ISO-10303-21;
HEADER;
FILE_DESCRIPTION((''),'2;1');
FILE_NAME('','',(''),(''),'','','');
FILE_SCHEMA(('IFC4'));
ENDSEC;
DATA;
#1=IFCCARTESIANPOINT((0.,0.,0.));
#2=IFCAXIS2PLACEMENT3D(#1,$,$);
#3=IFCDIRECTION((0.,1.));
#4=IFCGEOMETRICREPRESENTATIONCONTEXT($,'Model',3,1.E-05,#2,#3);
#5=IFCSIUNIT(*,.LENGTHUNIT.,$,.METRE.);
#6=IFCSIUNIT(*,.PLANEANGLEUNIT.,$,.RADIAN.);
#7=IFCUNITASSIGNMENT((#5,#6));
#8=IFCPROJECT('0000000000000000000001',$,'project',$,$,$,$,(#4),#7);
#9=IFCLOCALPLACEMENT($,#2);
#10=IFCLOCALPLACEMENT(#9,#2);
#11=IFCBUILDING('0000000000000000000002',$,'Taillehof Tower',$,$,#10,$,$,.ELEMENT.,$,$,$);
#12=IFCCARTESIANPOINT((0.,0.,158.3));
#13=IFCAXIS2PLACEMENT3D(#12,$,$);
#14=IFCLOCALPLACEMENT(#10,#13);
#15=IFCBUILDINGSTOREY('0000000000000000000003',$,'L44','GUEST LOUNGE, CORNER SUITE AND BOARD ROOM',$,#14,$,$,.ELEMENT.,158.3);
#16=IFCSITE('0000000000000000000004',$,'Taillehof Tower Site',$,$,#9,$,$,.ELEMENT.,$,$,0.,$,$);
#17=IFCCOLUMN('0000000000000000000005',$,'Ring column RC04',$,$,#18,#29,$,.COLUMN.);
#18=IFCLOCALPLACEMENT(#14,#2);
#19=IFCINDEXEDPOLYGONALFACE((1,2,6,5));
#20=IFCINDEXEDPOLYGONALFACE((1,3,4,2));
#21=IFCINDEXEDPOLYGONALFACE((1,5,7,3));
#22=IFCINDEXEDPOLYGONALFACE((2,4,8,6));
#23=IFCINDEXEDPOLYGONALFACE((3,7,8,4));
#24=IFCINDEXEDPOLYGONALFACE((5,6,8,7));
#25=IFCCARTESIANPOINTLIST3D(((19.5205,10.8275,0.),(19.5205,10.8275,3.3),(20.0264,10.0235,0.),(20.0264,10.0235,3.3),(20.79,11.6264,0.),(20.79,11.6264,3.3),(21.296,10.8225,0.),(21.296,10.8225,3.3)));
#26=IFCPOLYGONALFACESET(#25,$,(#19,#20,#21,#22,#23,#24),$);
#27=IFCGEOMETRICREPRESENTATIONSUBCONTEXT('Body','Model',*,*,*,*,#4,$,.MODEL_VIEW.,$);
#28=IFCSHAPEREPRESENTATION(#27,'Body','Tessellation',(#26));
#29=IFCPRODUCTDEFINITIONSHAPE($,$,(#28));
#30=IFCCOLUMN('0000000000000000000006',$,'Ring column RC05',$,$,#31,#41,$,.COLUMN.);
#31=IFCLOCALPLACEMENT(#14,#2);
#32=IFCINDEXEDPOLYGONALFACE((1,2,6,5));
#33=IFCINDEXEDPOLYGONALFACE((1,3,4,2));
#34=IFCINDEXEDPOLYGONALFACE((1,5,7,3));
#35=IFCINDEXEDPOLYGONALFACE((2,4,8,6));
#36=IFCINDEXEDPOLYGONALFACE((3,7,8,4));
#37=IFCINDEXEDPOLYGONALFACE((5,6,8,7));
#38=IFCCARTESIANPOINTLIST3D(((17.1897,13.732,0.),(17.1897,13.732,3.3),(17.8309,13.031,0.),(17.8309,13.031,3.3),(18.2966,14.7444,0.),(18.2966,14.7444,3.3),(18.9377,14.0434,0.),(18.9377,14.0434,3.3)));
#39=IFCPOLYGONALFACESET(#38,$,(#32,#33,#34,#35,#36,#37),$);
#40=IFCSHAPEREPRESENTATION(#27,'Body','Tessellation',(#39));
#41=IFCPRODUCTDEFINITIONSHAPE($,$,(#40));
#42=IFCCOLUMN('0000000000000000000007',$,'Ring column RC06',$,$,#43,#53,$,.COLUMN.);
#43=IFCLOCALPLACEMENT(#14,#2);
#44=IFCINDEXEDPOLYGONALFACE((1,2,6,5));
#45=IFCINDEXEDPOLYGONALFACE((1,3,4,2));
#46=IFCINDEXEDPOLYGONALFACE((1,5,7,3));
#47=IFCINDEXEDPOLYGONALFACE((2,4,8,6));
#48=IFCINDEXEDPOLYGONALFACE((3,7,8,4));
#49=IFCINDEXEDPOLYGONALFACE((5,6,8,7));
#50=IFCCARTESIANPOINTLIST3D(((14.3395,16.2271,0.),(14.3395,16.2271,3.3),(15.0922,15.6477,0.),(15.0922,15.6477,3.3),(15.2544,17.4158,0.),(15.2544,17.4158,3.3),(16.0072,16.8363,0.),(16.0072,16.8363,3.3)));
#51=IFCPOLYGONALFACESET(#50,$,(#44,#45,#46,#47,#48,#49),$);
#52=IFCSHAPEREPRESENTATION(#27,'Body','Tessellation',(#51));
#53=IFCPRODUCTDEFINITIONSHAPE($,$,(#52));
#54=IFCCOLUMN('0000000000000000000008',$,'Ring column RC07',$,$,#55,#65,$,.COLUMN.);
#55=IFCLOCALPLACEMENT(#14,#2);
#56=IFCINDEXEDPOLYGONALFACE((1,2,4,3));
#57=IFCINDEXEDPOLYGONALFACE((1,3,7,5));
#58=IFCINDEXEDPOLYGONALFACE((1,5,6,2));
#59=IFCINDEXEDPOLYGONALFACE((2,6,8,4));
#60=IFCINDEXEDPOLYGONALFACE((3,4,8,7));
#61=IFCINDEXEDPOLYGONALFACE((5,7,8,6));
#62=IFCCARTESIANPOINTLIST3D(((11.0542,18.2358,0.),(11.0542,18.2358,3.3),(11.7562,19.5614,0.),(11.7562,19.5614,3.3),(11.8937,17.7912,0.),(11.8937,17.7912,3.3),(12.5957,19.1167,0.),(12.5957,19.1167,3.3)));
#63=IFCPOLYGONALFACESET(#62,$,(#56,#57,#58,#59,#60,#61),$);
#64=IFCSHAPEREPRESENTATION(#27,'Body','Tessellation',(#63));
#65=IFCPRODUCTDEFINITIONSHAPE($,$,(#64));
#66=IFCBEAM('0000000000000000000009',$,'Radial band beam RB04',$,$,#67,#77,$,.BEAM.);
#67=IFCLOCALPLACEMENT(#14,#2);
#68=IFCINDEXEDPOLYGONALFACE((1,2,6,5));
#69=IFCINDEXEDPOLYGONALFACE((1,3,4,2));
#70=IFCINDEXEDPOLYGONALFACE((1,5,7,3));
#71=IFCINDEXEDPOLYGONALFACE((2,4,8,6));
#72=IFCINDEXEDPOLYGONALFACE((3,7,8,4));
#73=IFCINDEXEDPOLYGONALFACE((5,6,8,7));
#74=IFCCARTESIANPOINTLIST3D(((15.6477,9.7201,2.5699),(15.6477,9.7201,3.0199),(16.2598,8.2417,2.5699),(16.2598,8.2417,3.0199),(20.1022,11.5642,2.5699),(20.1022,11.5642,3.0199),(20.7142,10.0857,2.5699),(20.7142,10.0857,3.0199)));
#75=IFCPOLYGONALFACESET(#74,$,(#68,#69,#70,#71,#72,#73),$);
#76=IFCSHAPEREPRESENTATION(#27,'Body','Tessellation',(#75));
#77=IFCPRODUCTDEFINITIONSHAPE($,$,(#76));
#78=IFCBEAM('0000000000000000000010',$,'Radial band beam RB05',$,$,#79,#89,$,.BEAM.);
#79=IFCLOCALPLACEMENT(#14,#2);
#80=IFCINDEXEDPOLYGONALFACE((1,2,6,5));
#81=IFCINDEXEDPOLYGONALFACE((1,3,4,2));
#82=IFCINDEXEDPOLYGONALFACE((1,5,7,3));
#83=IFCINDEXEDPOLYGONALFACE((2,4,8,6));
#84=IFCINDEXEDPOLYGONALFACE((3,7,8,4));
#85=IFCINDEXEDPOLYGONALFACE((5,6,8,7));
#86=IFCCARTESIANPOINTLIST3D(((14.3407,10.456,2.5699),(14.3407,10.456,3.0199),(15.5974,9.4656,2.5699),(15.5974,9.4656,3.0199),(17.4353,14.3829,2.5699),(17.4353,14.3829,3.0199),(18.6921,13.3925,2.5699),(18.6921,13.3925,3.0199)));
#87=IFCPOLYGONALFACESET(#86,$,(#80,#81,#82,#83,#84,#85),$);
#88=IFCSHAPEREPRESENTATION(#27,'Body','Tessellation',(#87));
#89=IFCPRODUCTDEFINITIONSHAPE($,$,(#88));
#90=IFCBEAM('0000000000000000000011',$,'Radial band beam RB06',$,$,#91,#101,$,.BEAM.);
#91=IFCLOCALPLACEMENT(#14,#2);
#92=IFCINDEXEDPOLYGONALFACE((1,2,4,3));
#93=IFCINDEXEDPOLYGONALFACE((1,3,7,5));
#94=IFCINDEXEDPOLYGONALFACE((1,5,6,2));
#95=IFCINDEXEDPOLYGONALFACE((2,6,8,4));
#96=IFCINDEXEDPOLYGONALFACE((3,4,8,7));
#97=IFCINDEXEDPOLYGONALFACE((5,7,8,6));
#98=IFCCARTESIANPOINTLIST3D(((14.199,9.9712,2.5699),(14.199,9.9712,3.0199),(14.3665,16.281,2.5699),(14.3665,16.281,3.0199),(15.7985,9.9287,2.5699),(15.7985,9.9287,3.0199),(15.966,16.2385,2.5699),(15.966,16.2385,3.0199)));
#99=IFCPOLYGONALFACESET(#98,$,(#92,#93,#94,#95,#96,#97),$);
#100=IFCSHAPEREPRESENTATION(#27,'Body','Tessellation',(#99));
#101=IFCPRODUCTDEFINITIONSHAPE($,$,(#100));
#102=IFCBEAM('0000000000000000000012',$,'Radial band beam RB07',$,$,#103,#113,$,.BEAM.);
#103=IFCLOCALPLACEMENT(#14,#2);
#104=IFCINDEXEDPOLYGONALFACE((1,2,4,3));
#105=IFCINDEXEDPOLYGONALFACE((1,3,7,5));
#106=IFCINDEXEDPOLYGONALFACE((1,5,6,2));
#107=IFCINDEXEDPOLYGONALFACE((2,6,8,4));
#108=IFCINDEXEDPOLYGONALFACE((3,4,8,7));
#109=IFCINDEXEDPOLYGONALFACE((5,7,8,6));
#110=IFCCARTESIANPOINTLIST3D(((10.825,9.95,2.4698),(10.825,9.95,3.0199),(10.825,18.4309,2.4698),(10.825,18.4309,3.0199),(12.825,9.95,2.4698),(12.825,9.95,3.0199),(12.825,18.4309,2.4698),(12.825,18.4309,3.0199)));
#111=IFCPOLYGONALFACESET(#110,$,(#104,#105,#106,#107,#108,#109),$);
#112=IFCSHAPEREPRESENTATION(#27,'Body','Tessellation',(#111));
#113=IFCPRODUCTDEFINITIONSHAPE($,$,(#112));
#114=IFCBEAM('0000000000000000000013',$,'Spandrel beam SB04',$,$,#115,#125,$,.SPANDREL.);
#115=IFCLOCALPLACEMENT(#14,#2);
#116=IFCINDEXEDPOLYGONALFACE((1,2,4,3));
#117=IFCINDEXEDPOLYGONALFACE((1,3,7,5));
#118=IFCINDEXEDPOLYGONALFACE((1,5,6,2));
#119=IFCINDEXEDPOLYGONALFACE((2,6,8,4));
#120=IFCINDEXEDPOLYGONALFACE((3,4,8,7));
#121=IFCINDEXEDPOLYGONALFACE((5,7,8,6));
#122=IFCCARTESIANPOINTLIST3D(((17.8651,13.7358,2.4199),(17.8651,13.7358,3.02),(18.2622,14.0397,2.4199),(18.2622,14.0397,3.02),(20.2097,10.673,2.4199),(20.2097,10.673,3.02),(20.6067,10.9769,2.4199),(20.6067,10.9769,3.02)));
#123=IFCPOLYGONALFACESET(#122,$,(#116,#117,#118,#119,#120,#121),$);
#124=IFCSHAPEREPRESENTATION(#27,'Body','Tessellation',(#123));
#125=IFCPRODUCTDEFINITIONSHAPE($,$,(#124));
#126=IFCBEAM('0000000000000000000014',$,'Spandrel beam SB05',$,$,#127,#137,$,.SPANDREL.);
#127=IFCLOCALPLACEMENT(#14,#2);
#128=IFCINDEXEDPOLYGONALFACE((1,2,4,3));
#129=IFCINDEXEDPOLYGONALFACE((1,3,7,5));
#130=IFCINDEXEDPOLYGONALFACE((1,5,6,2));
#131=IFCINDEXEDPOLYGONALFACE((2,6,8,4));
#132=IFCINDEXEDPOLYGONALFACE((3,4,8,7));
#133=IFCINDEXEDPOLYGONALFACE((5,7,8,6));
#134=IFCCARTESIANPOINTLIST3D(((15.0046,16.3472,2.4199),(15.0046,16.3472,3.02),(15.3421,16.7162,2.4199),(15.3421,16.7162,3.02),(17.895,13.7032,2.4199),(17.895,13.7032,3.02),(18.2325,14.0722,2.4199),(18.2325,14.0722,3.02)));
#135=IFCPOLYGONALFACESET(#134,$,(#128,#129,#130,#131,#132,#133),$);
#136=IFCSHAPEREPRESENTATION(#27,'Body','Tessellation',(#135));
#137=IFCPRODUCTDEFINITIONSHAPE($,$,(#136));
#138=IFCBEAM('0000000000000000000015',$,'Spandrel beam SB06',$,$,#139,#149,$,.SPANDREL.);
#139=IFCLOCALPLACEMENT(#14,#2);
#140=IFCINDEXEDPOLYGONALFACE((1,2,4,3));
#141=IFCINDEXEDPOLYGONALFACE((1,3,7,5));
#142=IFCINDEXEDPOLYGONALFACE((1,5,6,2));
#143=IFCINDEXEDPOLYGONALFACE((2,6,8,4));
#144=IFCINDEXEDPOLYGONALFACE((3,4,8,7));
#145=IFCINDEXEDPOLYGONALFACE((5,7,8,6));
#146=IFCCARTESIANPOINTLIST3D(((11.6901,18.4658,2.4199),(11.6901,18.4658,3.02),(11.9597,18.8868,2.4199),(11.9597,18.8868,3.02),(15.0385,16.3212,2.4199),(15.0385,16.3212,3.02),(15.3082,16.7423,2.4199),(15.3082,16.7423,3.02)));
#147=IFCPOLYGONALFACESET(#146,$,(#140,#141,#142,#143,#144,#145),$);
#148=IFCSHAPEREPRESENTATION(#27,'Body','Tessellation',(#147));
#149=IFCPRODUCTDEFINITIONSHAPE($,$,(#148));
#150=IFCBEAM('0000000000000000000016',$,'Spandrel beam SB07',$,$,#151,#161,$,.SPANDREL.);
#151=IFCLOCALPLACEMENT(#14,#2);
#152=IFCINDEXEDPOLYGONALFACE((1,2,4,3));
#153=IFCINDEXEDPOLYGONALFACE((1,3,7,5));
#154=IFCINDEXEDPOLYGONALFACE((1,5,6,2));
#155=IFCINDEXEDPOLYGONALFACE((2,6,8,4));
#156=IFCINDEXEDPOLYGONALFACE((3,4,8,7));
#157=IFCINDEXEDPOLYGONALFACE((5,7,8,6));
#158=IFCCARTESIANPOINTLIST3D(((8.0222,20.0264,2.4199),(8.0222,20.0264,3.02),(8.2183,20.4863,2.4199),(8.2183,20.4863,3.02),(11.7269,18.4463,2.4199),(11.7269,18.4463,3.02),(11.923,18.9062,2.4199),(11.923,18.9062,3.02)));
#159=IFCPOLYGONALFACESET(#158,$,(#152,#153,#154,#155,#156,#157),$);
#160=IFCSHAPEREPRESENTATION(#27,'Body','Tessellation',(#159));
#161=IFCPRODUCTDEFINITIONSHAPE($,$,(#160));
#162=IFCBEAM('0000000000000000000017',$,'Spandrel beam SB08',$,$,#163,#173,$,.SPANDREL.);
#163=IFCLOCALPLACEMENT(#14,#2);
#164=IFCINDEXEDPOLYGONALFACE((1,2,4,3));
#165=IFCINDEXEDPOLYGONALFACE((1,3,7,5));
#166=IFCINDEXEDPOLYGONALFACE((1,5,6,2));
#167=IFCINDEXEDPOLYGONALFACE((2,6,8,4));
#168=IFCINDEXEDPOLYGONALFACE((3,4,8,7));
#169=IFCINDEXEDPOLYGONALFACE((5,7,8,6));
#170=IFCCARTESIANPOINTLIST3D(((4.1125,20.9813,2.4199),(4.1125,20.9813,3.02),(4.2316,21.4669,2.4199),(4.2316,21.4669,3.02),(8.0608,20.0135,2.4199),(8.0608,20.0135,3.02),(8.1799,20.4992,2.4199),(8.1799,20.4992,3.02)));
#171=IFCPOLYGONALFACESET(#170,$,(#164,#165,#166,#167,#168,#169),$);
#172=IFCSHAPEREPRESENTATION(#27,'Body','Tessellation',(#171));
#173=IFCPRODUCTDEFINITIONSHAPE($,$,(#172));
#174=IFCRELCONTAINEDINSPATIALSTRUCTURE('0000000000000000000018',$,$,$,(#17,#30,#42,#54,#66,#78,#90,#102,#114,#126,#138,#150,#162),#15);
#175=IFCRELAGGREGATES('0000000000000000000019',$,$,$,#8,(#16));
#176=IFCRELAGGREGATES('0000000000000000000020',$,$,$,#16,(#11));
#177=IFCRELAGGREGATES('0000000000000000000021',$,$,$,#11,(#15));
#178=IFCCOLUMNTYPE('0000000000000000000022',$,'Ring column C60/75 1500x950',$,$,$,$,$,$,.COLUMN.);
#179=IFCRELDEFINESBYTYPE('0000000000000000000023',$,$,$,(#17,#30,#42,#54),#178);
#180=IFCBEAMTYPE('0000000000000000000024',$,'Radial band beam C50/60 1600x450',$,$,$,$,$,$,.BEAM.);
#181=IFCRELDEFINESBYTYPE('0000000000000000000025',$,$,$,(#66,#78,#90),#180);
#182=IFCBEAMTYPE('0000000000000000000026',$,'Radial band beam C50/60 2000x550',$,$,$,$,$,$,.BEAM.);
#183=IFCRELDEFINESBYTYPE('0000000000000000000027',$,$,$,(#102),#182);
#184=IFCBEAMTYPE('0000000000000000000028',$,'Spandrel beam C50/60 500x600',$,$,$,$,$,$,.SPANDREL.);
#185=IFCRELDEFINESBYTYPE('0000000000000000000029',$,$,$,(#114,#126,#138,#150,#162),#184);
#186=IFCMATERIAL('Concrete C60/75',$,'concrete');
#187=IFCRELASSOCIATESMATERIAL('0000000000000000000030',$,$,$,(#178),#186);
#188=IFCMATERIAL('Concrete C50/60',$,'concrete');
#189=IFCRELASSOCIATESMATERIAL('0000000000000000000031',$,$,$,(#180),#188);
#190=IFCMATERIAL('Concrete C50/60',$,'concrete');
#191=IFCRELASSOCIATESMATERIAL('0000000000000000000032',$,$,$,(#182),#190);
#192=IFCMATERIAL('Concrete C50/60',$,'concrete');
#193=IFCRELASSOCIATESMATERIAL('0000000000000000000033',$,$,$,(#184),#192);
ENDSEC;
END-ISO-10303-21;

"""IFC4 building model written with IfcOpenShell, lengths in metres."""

from ifc_helpers import new_model, si_unit, direction, frame, origin, origin_2d, place, context, subcontext, project, spatial, rectangle, extrude, material, material_profile, profile_set, type_object, element, save


model = new_model("IFC4")

# Units and contexts
model_context = context("Model", 3, precision=1e-05, world=origin(), true_north=direction((0.0, 1.0)))
body_context = subcontext(model_context, "Body", "Model", "MODEL_VIEW")
ifc_project = project(units=[si_unit("LENGTHUNIT", "METRE"), si_unit("PLANEANGLEUNIT", "RADIAN")], contexts=[model_context])

# Site, building, storey
site_placement = place(None, origin())
site = spatial("IfcSite", under=ifc_project, at=site_placement, Name="Taillehof Tower Site", CompositionType="ELEMENT", RefElevation=0.0)
building_placement = place(site_placement, origin())
building = spatial("IfcBuilding", under=site, at=building_placement, Name="Taillehof Tower", CompositionType="ELEMENT")
storey_placement = place(building_placement, frame((0.0, 0.0, 158.3)))
storey = spatial("IfcBuildingStorey", under=building, at=storey_placement, Name="L44", Description="GUEST LOUNGE, CORNER SUITE AND BOARD ROOM", CompositionType="ELEMENT", Elevation=158.3)

# Columns
ifc_material_1 = material(Name="Concrete C60/75", Category="concrete")
ifc_material_profile_1 = material_profile(ifc_material_1, rectangle(XDim=1.5, YDim=0.95, at=origin_2d()), Name="RC 1500x950")
ifc_profile_set_1 = profile_set([ifc_material_profile_1], Name="Concrete C60/75")
column_type = type_object("IfcColumnType", Name="Ring column C60/75 1500x950", PredefinedType="COLUMN", material=ifc_profile_set_1)
for number, where, z_axis, x_axis, name in (
    (1, (20.4082, 10.825, 0.0), (0.0, 0.0, 1.0), (0.846334, 0.532652, 0.0), "Ring column RC04"),
    (2, (18.0637, 13.8877, 0.0), (0.0, 0.0, 1.0), (0.737879, 0.674933, 0.0), "Ring column RC05"),
    (3, (15.1733, 16.5317, 0.0), (0.0, 0.0, 1.0), (0.609971, 0.792424, 0.0), "Ring column RC06"),
    (4, (11.825, 18.6763, 0.0), (0.0, 0.0, 1.0), (0.468042, 0.883706, 0.0), "Ring column RC07"),
):
    element("IfcColumn", number, at=place(storey_placement, frame(where, z_axis=z_axis, x_axis=x_axis)), inside=storey, type_object=column_type, Name=name, PredefinedType="COLUMN", context=body_context, shape_type="SweptSolid", body=[
        extrude(rectangle(XDim=1.5, YDim=0.95, at=origin_2d()), origin(), (0.0, 0.0, 1.0), 3.3),
    ])

# Beams
ifc_material_2 = material(Name="Concrete C50/60", Category="concrete")
ifc_material_profile_2 = material_profile(ifc_material_2, rectangle(XDim=1.6001, YDim=0.45, at=origin_2d()), Name="RC 1600x450")
ifc_profile_set_2 = profile_set([ifc_material_profile_2], Name="Concrete C50/60")
beam_type_1 = type_object("IfcBeamType", Name="Radial band beam C50/60 1600x450", PredefinedType="BEAM", material=ifc_profile_set_2)
beam_1_placement = place(storey_placement, frame((20.4082, 10.825, 2.7949), z_axis=(-0.923957, -0.382496, 0.0), x_axis=(0.382496, -0.923957, 0.0)))
element("IfcBeam", 5, at=beam_1_placement, inside=storey, type_object=beam_type_1, Name="Radial band beam RB04", PredefinedType="BEAM", context=body_context, shape_type="SweptSolid", body=[
    extrude(rectangle(XDim=1.6001, YDim=0.45, at=origin_2d()), origin(), (0.0, 0.0, 1.0), 4.821),
])
beam_2_placement = place(storey_placement, frame((18.0637, 13.8877, 2.7949), z_axis=(-0.618962, -0.785421, 0.0), x_axis=(0.785421, -0.618962, 0.0)))
element("IfcBeam", 6, at=beam_2_placement, inside=storey, type_object=beam_type_1, Name="Radial band beam RB05", PredefinedType="BEAM", context=body_context, shape_type="SweptSolid", body=[
    extrude(rectangle(XDim=1.6001, YDim=0.45, at=origin_2d()), origin(), (0.0, 0.0, 1.0), 4.9998),
])
beam_3_placement = place(storey_placement, frame((15.1663, 16.2598, 2.7949), z_axis=(-0.026534, -0.999648, 0.0), x_axis=(0.999648, -0.026534, 0.0)))
element("IfcBeam", 7, at=beam_3_placement, inside=storey, type_object=beam_type_1, Name="Radial band beam RB06", PredefinedType="BEAM", context=body_context, shape_type="SweptSolid", body=[
    extrude(rectangle(XDim=1.6001, YDim=0.45, at=origin_2d()), origin(), (0.0, 0.0, 1.0), 6.312),
])
ifc_material_3 = material(Name="Concrete C50/60", Category="concrete")
ifc_material_profile_3 = material_profile(ifc_material_3, rectangle(XDim=2.0, YDim=0.55, at=origin_2d()), Name="RC 2000x550")
ifc_profile_set_3 = profile_set([ifc_material_profile_3], Name="Concrete C50/60")
beam_type_2 = type_object("IfcBeamType", Name="Radial band beam C50/60 2000x550", PredefinedType="BEAM", material=ifc_profile_set_3)
beam_4_placement = place(storey_placement, frame((11.825, 18.4309, 2.7449), z_axis=(0.0, -1.0, 0.0), x_axis=(1.0, 0.0, 0.0)))
element("IfcBeam", 8, at=beam_4_placement, inside=storey, type_object=beam_type_2, Name="Radial band beam RB07", PredefinedType="BEAM", context=body_context, shape_type="SweptSolid", body=[
    extrude(rectangle(XDim=2.0, YDim=0.55, at=origin_2d()), origin(), (0.0, 0.0, 1.0), 8.481),
])
ifc_material_4 = material(Name="Concrete C50/60", Category="concrete")
ifc_material_profile_4 = material_profile(ifc_material_4, rectangle(XDim=0.5, YDim=0.6001, at=origin_2d()), Name="RC 500x600")
ifc_profile_set_4 = profile_set([ifc_material_profile_4], Name="Concrete C50/60")
beam_type_3 = type_object("IfcBeamType", Name="Spandrel beam C50/60 500x600", PredefinedType="SPANDREL", material=ifc_profile_set_4)
beam_5_placement = place(storey_placement, frame((20.4082, 10.825, 2.72), z_axis=(-0.60784, 0.794059, 0.0), x_axis=(-0.794059, -0.60784, 0.0)))
element("IfcBeam", 9, at=beam_5_placement, inside=storey, type_object=beam_type_3, Name="Spandrel beam SB04", PredefinedType="SPANDREL", context=body_context, shape_type="SweptSolid", body=[
    extrude(rectangle(XDim=0.5, YDim=0.6001, at=origin_2d()), origin(), (0.0, 0.0, 1.0), 3.8572),
])
beam_6_placement = place(storey_placement, frame((18.0637, 13.8877, 2.72), z_axis=(-0.73785, 0.674965, 0.0), x_axis=(-0.674965, -0.73785, 0.0)))
element("IfcBeam", 10, at=beam_6_placement, inside=storey, type_object=beam_type_3, Name="Spandrel beam SB05", PredefinedType="SPANDREL", context=body_context, shape_type="SweptSolid", body=[
    extrude(rectangle(XDim=0.5, YDim=0.6001, at=origin_2d()), origin(), (0.0, 0.0, 1.0), 3.9172),
])
beam_7_placement = place(storey_placement, frame((15.1733, 16.5317, 2.72), z_axis=(-0.842093, 0.539332, 0.0), x_axis=(-0.539332, -0.842093, 0.0)))
element("IfcBeam", 11, at=beam_7_placement, inside=storey, type_object=beam_type_3, Name="Spandrel beam SB06", PredefinedType="SPANDREL", context=body_context, shape_type="SweptSolid", body=[
    extrude(rectangle(XDim=0.5, YDim=0.6001, at=origin_2d()), origin(), (0.0, 0.0, 1.0), 3.9763),
])
beam_8_placement = place(storey_placement, frame((11.825, 18.6763, 2.72), z_axis=(-0.919827, 0.392324, 0.0), x_axis=(-0.392324, -0.919827, 0.0)))
element("IfcBeam", 12, at=beam_8_placement, inside=storey, type_object=beam_type_3, Name="Spandrel beam SB07", PredefinedType="SPANDREL", context=body_context, shape_type="SweptSolid", body=[
    extrude(rectangle(XDim=0.5, YDim=0.6001, at=origin_2d()), origin(), (0.0, 0.0, 1.0), 4.0276),
])
beam_9_placement = place(storey_placement, frame((8.1204, 20.2563, 2.72), z_axis=(-0.971249, 0.238068, 0.0), x_axis=(-0.238068, -0.971249, 0.0)))
element("IfcBeam", 13, at=beam_9_placement, inside=storey, type_object=beam_type_3, Name="Spandrel beam SB08", PredefinedType="SPANDREL", context=body_context, shape_type="SweptSolid", body=[
    extrude(rectangle(XDim=0.5, YDim=0.6001, at=origin_2d()), origin(), (0.0, 0.0, 1.0), 4.0652),
])

save(model, "model.ifc")
